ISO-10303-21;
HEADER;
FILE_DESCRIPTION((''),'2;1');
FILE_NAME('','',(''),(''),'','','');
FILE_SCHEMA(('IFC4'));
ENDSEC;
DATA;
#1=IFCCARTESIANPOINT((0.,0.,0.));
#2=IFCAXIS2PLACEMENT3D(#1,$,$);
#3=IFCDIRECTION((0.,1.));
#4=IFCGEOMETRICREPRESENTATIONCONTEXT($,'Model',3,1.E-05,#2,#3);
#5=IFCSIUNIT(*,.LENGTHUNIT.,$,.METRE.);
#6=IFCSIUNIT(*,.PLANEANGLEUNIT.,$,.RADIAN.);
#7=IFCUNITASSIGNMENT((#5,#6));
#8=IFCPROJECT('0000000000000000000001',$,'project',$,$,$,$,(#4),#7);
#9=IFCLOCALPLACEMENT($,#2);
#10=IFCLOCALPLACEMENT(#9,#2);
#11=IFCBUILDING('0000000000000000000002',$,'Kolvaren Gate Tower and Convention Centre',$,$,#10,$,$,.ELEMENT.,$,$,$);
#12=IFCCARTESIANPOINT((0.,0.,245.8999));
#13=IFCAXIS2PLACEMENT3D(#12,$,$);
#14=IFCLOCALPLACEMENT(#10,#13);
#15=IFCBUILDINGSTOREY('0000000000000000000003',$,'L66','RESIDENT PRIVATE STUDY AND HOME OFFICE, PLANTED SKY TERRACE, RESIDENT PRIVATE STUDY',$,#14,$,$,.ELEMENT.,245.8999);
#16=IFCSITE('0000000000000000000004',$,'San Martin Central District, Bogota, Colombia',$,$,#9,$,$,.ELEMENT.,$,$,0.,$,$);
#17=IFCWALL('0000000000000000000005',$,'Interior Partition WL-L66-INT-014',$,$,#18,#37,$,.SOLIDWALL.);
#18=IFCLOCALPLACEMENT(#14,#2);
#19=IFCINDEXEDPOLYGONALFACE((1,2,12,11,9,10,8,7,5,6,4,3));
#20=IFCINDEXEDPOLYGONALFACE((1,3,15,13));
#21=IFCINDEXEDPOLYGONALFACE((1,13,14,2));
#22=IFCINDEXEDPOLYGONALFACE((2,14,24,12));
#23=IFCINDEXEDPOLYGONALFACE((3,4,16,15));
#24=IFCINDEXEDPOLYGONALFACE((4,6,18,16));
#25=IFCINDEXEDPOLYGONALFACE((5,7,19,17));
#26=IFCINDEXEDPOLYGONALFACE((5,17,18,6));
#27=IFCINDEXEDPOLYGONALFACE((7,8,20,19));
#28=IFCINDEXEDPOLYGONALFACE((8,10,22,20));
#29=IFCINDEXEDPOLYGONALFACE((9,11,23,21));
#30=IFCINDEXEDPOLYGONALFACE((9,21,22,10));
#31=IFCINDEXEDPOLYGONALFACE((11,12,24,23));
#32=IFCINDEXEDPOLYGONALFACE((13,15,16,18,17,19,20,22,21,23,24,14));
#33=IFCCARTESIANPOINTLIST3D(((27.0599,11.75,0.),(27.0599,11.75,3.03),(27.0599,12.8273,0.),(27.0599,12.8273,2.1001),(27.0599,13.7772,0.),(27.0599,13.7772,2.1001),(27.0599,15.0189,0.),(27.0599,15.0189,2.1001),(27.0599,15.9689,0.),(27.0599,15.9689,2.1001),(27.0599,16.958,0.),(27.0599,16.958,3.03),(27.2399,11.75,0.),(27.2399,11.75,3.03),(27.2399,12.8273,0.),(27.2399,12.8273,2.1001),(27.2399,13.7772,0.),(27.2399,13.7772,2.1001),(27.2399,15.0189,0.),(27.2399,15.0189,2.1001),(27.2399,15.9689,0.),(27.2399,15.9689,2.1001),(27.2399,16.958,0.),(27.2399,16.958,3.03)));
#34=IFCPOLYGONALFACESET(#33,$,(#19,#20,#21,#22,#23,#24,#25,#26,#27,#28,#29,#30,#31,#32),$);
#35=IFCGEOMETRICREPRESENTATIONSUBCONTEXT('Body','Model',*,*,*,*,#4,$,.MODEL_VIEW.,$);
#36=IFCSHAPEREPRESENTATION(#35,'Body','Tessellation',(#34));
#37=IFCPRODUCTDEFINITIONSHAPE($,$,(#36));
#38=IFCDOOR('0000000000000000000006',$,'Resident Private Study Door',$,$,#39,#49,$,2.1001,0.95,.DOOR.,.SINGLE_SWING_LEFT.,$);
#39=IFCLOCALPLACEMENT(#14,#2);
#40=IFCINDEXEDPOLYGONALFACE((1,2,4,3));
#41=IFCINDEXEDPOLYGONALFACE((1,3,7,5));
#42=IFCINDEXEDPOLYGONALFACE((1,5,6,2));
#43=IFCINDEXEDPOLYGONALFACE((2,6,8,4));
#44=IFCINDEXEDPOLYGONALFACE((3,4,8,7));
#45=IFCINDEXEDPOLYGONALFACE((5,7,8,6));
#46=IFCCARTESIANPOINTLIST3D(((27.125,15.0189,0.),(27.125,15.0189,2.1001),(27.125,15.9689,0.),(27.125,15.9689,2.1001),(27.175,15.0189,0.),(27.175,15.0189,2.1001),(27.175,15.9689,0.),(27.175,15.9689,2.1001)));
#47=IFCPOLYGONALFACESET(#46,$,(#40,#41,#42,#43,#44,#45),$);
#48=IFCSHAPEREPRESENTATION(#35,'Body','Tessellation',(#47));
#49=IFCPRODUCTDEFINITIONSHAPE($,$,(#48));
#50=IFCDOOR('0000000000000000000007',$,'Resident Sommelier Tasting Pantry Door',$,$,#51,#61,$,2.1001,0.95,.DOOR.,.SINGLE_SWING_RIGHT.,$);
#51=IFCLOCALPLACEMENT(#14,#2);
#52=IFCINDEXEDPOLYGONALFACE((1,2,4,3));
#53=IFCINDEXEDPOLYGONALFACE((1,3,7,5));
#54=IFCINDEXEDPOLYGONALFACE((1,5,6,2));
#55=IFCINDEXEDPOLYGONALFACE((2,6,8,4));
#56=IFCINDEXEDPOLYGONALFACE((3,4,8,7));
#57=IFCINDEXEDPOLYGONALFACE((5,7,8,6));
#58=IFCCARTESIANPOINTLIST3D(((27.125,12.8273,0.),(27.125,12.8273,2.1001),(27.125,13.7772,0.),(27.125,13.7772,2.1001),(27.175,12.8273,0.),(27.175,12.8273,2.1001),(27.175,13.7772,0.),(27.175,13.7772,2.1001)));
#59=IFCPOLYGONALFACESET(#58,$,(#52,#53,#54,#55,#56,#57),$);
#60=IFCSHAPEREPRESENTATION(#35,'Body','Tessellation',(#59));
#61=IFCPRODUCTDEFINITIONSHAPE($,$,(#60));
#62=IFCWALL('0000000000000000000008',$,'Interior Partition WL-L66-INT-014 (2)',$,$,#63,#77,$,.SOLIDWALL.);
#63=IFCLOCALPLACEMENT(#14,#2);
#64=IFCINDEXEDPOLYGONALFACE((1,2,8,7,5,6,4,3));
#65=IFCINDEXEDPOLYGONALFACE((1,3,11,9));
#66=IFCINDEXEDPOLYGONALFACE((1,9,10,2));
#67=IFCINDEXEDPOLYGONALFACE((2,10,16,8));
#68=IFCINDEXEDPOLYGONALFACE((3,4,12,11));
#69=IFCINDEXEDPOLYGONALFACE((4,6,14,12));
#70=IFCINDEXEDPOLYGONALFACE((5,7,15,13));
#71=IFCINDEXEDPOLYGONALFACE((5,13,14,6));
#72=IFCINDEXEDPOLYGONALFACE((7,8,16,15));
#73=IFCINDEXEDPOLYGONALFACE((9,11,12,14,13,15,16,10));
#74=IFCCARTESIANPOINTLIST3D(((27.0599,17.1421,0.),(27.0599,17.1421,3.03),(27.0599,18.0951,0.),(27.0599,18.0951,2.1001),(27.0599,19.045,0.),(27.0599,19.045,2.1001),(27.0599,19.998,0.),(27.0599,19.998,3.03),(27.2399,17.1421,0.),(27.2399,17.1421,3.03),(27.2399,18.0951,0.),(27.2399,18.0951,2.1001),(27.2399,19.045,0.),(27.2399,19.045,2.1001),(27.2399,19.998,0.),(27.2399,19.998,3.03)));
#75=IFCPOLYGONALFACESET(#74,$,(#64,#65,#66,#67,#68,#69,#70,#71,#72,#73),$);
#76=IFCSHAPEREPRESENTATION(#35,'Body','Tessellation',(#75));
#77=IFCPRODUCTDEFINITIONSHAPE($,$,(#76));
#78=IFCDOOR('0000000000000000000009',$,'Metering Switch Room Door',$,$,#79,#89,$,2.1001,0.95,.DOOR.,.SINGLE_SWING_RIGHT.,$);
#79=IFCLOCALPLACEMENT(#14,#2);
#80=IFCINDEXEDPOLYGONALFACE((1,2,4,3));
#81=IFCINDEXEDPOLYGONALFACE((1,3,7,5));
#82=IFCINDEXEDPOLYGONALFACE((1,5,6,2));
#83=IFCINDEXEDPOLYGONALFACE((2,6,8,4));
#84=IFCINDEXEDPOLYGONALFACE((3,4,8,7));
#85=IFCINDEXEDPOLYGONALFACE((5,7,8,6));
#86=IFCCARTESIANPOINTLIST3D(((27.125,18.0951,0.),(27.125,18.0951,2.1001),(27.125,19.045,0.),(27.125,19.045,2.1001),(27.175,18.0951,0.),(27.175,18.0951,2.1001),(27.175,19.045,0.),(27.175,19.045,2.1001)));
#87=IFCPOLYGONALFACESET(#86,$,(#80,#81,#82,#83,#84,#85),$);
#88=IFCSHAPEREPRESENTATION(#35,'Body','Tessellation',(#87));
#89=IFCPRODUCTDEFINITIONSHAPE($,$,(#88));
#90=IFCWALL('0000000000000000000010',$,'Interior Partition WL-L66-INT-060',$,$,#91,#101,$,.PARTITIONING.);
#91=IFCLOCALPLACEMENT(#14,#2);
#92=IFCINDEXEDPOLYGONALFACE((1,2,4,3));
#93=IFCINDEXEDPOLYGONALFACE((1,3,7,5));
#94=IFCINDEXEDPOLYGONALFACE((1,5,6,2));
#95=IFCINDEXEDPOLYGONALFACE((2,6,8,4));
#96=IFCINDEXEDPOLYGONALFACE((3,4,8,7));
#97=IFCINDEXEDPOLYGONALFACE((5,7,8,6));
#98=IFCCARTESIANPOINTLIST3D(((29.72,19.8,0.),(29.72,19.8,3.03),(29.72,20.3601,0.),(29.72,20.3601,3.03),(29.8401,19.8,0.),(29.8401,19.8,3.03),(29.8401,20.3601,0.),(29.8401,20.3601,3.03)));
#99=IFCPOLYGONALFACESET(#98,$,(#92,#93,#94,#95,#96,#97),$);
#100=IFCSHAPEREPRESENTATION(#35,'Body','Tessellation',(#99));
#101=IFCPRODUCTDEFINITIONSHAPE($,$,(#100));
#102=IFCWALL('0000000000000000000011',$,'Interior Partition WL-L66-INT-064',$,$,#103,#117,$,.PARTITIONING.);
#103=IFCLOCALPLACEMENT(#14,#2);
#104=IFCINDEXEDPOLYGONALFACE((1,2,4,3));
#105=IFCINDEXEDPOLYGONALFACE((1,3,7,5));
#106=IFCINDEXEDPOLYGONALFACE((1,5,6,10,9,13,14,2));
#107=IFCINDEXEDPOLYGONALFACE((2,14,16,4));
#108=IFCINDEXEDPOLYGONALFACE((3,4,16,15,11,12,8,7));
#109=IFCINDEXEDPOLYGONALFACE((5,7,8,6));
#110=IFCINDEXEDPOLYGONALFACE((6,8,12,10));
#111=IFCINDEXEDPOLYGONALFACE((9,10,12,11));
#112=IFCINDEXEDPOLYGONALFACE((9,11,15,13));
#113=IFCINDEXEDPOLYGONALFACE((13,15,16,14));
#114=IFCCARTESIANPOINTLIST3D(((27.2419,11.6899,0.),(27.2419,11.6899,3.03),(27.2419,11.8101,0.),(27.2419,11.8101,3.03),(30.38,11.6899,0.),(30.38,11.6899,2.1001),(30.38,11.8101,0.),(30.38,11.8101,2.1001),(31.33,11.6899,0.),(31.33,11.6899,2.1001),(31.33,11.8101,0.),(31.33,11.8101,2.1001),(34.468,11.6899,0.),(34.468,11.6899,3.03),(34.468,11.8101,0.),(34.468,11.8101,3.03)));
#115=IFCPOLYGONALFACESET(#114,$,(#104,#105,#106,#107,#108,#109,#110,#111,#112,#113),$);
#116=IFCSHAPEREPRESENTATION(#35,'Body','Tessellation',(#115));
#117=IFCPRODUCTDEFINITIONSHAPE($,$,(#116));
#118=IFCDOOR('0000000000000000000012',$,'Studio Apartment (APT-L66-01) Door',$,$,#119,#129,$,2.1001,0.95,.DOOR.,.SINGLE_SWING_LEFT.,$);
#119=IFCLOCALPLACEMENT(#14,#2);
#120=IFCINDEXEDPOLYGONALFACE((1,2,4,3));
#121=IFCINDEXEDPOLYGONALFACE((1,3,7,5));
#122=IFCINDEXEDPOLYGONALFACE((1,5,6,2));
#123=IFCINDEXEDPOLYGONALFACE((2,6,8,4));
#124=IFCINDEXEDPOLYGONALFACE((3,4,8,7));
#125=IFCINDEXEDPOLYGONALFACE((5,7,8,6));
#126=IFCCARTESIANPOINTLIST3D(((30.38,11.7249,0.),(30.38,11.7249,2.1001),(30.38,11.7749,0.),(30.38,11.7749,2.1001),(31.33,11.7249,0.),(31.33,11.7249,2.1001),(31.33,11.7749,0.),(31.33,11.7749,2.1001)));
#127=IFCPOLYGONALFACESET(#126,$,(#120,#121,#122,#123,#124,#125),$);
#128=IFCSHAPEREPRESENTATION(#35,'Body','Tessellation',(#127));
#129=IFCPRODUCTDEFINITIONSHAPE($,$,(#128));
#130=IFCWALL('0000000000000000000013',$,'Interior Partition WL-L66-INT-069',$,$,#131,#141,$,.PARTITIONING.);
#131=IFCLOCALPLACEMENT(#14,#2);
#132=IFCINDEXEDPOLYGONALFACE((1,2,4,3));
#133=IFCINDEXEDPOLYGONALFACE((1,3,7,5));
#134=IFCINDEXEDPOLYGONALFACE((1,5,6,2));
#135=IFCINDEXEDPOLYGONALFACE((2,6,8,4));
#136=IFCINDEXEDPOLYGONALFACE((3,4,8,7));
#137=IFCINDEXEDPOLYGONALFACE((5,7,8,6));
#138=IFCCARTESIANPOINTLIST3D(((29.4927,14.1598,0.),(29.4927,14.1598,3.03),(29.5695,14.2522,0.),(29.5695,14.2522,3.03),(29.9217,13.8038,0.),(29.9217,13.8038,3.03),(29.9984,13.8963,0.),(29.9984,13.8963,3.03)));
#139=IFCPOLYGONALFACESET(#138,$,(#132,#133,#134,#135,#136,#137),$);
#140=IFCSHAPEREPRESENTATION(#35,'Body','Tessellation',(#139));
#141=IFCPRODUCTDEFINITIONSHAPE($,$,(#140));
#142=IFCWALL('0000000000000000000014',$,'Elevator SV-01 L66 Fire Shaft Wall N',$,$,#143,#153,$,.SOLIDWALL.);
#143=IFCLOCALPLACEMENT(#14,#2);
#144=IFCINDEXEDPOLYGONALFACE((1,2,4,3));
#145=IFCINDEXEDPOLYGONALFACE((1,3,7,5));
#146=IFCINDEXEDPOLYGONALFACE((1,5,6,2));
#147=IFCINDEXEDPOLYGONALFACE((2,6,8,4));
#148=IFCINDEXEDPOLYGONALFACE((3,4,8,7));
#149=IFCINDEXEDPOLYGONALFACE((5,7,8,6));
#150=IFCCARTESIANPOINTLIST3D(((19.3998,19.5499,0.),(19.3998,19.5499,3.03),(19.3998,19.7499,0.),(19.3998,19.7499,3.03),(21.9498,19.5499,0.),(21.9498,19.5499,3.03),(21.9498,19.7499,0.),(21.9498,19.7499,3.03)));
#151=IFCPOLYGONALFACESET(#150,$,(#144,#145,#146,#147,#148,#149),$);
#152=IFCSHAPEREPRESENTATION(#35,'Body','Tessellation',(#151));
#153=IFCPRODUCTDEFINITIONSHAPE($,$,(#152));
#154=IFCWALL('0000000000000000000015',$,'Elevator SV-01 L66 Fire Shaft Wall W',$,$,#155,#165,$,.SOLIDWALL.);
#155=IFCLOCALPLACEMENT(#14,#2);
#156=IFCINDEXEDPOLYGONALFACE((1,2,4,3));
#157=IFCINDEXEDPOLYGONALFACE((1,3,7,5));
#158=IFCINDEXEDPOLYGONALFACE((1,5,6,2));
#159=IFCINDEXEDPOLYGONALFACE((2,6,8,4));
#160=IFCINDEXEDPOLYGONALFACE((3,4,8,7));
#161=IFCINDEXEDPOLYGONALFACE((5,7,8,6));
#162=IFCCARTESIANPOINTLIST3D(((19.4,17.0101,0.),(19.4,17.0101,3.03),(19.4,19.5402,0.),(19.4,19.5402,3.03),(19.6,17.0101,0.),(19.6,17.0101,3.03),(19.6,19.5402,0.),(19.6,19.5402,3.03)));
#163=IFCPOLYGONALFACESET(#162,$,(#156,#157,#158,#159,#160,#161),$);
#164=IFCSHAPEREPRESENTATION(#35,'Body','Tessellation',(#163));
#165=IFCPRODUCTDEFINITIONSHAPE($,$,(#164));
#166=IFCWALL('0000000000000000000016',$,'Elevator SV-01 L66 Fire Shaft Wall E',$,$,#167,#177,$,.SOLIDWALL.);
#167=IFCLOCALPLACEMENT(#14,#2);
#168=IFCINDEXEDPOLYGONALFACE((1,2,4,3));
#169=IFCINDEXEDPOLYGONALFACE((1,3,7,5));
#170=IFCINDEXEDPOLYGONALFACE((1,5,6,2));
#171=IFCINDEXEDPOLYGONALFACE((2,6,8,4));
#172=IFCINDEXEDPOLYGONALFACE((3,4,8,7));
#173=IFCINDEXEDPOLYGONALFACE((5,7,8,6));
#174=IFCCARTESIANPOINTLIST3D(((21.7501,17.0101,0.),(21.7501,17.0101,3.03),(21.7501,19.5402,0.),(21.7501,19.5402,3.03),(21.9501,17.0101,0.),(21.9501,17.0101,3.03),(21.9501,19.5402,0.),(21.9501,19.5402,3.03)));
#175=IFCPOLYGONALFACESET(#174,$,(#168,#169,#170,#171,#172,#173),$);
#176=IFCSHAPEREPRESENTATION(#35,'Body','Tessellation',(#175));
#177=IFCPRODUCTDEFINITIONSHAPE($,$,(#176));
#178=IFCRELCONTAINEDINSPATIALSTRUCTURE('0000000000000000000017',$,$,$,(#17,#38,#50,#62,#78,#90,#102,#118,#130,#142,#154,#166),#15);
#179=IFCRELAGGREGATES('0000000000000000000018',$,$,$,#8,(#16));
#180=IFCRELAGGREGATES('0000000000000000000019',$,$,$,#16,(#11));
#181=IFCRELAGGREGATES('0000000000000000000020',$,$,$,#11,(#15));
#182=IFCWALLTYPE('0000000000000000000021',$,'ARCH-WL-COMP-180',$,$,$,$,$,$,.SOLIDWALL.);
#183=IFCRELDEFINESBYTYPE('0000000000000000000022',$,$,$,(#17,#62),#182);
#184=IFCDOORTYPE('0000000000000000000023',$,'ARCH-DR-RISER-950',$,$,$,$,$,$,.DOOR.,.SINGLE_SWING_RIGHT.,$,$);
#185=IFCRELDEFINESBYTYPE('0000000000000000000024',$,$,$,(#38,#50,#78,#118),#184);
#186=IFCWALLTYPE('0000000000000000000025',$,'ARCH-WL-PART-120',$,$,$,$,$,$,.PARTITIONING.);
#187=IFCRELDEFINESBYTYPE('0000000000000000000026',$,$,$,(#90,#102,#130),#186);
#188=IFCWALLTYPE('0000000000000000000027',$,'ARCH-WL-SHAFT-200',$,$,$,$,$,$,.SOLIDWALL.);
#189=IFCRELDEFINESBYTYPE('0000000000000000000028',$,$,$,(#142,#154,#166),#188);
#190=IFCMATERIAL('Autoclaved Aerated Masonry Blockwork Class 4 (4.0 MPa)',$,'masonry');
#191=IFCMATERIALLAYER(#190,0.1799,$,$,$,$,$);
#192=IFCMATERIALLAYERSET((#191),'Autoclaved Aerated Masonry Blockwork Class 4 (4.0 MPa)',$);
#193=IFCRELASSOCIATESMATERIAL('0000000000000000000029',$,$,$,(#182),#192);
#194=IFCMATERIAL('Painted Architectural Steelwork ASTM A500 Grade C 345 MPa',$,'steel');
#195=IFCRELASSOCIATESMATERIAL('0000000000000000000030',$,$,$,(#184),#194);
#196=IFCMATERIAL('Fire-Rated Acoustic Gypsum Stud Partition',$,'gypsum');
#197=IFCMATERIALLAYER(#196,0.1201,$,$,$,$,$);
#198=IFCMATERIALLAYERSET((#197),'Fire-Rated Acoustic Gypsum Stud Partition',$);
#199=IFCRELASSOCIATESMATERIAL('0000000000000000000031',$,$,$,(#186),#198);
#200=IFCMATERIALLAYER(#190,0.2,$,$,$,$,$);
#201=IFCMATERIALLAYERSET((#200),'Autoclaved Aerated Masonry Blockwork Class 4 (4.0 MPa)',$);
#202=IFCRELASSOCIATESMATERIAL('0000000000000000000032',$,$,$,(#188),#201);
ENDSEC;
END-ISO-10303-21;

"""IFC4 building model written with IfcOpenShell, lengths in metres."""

from ifc_helpers import new_model, si_unit, direction, frame, frame_2d, origin, place, context, subcontext, project, spatial, rectangle, extrude, material, layer, layer_set, type_object, element, fill, save


model = new_model("IFC4")

# Units and contexts
model_context = context("Model", 3, precision=1e-05, world=origin(), true_north=direction((0.0, 1.0)))
body_context = subcontext(model_context, "Body", "Model", "MODEL_VIEW")
ifc_project = project(units=[si_unit("LENGTHUNIT", "METRE"), si_unit("PLANEANGLEUNIT", "RADIAN")], contexts=[model_context])

# Site, building, storey
site_placement = place(None, origin())
site = spatial("IfcSite", under=ifc_project, at=site_placement, Name="San Martin Central District, Bogota, Colombia", CompositionType="ELEMENT", RefElevation=0.0)
building_placement = place(site_placement, origin())
building = spatial("IfcBuilding", under=site, at=building_placement, Name="Kolvaren Gate Tower and Convention Centre", CompositionType="ELEMENT")
storey_placement = place(building_placement, frame((0.0, 0.0, 245.8999)))
storey = spatial("IfcBuildingStorey", under=building, at=storey_placement, Name="L66", Description="RESIDENT PRIVATE STUDY AND HOME OFFICE, PLANTED SKY TERRACE, RESIDENT PRIVATE STUDY", CompositionType="ELEMENT", Elevation=245.8999)

# Shared definitions
ifc_material_1 = material(Name="Autoclaved Aerated Masonry Blockwork Class 4 (4.0 MPa)", Category="masonry")
ifc_layer_1 = layer(ifc_material_1, 0.1799)
ifc_layer_set_1 = layer_set([ifc_layer_1], Name="Autoclaved Aerated Masonry Blockwork Class 4 (4.0 MPa)")
wall_type_1 = type_object("IfcWallType", Name="ARCH-WL-COMP-180", PredefinedType="SOLIDWALL", material=ifc_layer_set_1)

# Shared definitions
ifc_material_2 = material(Name="Painted Architectural Steelwork ASTM A500 Grade C 345 MPa", Category="steel")
door_type_1 = type_object("IfcDoorType", Name="ARCH-DR-RISER-950", OperationType="SINGLE_SWING_RIGHT", PredefinedType="DOOR", material=ifc_material_2)

# Wall, openings, doors
wall_1_placement = place(storey_placement, frame((27.1499, 11.75, 0.0), z_axis=(0.0, 0.0, 1.0), x_axis=(0.0, 1.0, 0.0)))
wall_1 = element("IfcWall", 1, at=wall_1_placement, inside=storey, type_object=wall_type_1, Name="Interior Partition WL-L66-INT-014", PredefinedType="SOLIDWALL", context=body_context, shape_type="SweptSolid", body=[
    extrude(rectangle(XDim=5.208, YDim=0.1799, at=frame_2d((2.604, 0.0))), origin(), (0.0, 0.0, 1.0), 3.03),
])
opening_1_placement = place(wall_1_placement, frame((3.2688, 0.0, 0.0)))
opening_1 = element("IfcOpeningElement", 2, at=opening_1_placement, cuts=wall_1, PredefinedType="OPENING", context=body_context, shape_type="SweptSolid", body=[
    extrude(rectangle(XDim=0.95, YDim=2.1001, at=frame_2d((0.4751, 1.05))), frame((0.0, 0.0999, 0.0), z_axis=(0.0, -1.0, 0.0), x_axis=(1.0, 0.0, 0.0)), (0.0, 0.0, 1.0), 0.2),
])
opening_2_placement = place(wall_1_placement, frame((1.0771, 0.0, 0.0)))
opening_2 = element("IfcOpeningElement", 3, at=opening_2_placement, cuts=wall_1, PredefinedType="OPENING", context=body_context, shape_type="SweptSolid", body=[
    extrude(rectangle(XDim=0.95, YDim=2.1001, at=frame_2d((0.4751, 1.05))), frame((0.0, 0.0999, 0.0), z_axis=(0.0, -1.0, 0.0), x_axis=(1.0, 0.0, 0.0)), (0.0, 0.0, 1.0), 0.2),
])
door_1_placement = place(opening_1_placement, origin())
door_1 = element("IfcDoor", 4, at=door_1_placement, inside=storey, type_object=door_type_1, Name="Resident Private Study Door", OperationType="SINGLE_SWING_LEFT", OverallHeight=2.1001, OverallWidth=0.95, PredefinedType="DOOR", context=body_context, shape_type="SweptSolid", body=[
    extrude(rectangle(XDim=0.95, YDim=2.1001, at=frame_2d((0.4751, 1.05))), frame((0.0, 0.0249, 0.0), z_axis=(0.0, -1.0, 0.0), x_axis=(1.0, 0.0, 0.0)), (0.0, 0.0, 1.0), 0.05),
])
fill(opening_1, door_1)
door_2_placement = place(opening_2_placement, origin())
door_2 = element("IfcDoor", 5, at=door_2_placement, inside=storey, type_object=door_type_1, Name="Resident Sommelier Tasting Pantry Door", OperationType="SINGLE_SWING_RIGHT", OverallHeight=2.1001, OverallWidth=0.95, PredefinedType="DOOR", context=body_context, shape_type="SweptSolid", body=[
    extrude(rectangle(XDim=0.95, YDim=2.1001, at=frame_2d((0.4751, 1.05))), frame((0.0, 0.0249, 0.0), z_axis=(0.0, -1.0, 0.0), x_axis=(1.0, 0.0, 0.0)), (0.0, 0.0, 1.0), 0.05),
])
fill(opening_2, door_2)

# Wall, opening, door
wall_2_placement = place(storey_placement, frame((27.1499, 17.1421, 0.0), z_axis=(0.0, 0.0, 1.0), x_axis=(0.0, 1.0, 0.0)))
wall_2 = element("IfcWall", 6, at=wall_2_placement, inside=storey, type_object=wall_type_1, Name="Interior Partition WL-L66-INT-014 (2)", PredefinedType="SOLIDWALL", context=body_context, shape_type="SweptSolid", body=[
    extrude(rectangle(XDim=2.856, YDim=0.1799, at=frame_2d((1.428, 0.0))), origin(), (0.0, 0.0, 1.0), 3.03),
])
opening_3_placement = place(wall_2_placement, frame((0.9529, 0.0, 0.0)))
opening_3 = element("IfcOpeningElement", 7, at=opening_3_placement, cuts=wall_2, PredefinedType="OPENING", context=body_context, shape_type="SweptSolid", body=[
    extrude(rectangle(XDim=0.95, YDim=2.1001, at=frame_2d((0.4751, 1.05))), frame((0.0, 0.0999, 0.0), z_axis=(0.0, -1.0, 0.0), x_axis=(1.0, 0.0, 0.0)), (0.0, 0.0, 1.0), 0.2),
])
door_3_placement = place(opening_3_placement, origin())
door_3 = element("IfcDoor", 8, at=door_3_placement, inside=storey, type_object=door_type_1, Name="Metering Switch Room Door", OperationType="SINGLE_SWING_RIGHT", OverallHeight=2.1001, OverallWidth=0.95, PredefinedType="DOOR", context=body_context, shape_type="SweptSolid", body=[
    extrude(rectangle(XDim=0.95, YDim=2.1001, at=frame_2d((0.4751, 1.05))), frame((0.0, 0.0249, 0.0), z_axis=(0.0, -1.0, 0.0), x_axis=(1.0, 0.0, 0.0)), (0.0, 0.0, 1.0), 0.05),
])
fill(opening_3, door_3)

# Wall
ifc_material_3 = material(Name="Fire-Rated Acoustic Gypsum Stud Partition", Category="gypsum")
ifc_layer_2 = layer(ifc_material_3, 0.1201)
ifc_layer_set_2 = layer_set([ifc_layer_2], Name="Fire-Rated Acoustic Gypsum Stud Partition")
wall_type_2 = type_object("IfcWallType", Name="ARCH-WL-PART-120", PredefinedType="PARTITIONING", material=ifc_layer_set_2)
wall_3_placement = place(storey_placement, frame((29.78, 19.8, 0.0), z_axis=(0.0, 0.0, 1.0), x_axis=(0.0, 1.0, 0.0)))
element("IfcWall", 9, at=wall_3_placement, inside=storey, type_object=wall_type_2, Name="Interior Partition WL-L66-INT-060", PredefinedType="PARTITIONING", context=body_context, shape_type="SweptSolid", body=[
    extrude(rectangle(XDim=0.5601, YDim=0.1201, at=frame_2d((0.28, 0.0))), origin(), (0.0, 0.0, 1.0), 3.03),
])

# Wall, opening, door
wall_4_placement = place(storey_placement, frame((27.2419, 11.75, 0.0), z_axis=(0.0, 0.0, 1.0), x_axis=(1.0, 0.0, 0.0)))
wall_4 = element("IfcWall", 10, at=wall_4_placement, inside=storey, type_object=wall_type_2, Name="Interior Partition WL-L66-INT-064", PredefinedType="PARTITIONING", context=body_context, shape_type="SweptSolid", body=[
    extrude(rectangle(XDim=7.2261, YDim=0.1201, at=frame_2d((3.613, 0.0))), origin(), (0.0, 0.0, 1.0), 3.03),
])
opening_4_placement = place(wall_4_placement, frame((3.1379, 0.0, 0.0)))
opening_4 = element("IfcOpeningElement", 11, at=opening_4_placement, cuts=wall_4, PredefinedType="OPENING", context=body_context, shape_type="SweptSolid", body=[
    extrude(rectangle(XDim=0.95, YDim=2.1001, at=frame_2d((0.4751, 1.05))), frame((0.0, 0.0701, 0.0), z_axis=(0.0, -1.0, 0.0), x_axis=(1.0, 0.0, 0.0)), (0.0, 0.0, 1.0), 0.1401),
])
door_4_placement = place(opening_4_placement, origin())
door_4 = element("IfcDoor", 12, at=door_4_placement, inside=storey, type_object=door_type_1, Name="Studio Apartment (APT-L66-01) Door", OperationType="SINGLE_SWING_LEFT", OverallHeight=2.1001, OverallWidth=0.95, PredefinedType="DOOR", context=body_context, shape_type="SweptSolid", body=[
    extrude(rectangle(XDim=0.95, YDim=2.1001, at=frame_2d((0.4751, 1.05))), frame((0.0, 0.0249, 0.0), z_axis=(0.0, -1.0, 0.0), x_axis=(1.0, 0.0, 0.0)), (0.0, 0.0, 1.0), 0.05),
])
fill(opening_4, door_4)

# Walls
wall_5_placement = place(storey_placement, frame((29.531, 14.2061, 0.0), z_axis=(0.0, 0.0, 1.0), x_axis=(0.769548, -0.638589, 0.0)))
element("IfcWall", 13, at=wall_5_placement, inside=storey, type_object=wall_type_2, Name="Interior Partition WL-L66-INT-069", PredefinedType="PARTITIONING", context=body_context, shape_type="SweptSolid", body=[
    extrude(rectangle(XDim=0.5574, YDim=0.1201, at=frame_2d((0.2788, 0.0))), origin(), (0.0, 0.0, 1.0), 3.03),
])
ifc_layer_3 = layer(ifc_material_1, 0.2)
ifc_layer_set_3 = layer_set([ifc_layer_3], Name="Autoclaved Aerated Masonry Blockwork Class 4 (4.0 MPa)")
wall_type_3 = type_object("IfcWallType", Name="ARCH-WL-SHAFT-200", PredefinedType="SOLIDWALL", material=ifc_layer_set_3)
wall_6_placement = place(storey_placement, frame((19.3999, 19.6499, 0.0), z_axis=(0.0, 0.0, 1.0), x_axis=(1.0, 0.0, 0.0)))
element("IfcWall", 14, at=wall_6_placement, inside=storey, type_object=wall_type_3, Name="Elevator SV-01 L66 Fire Shaft Wall N", PredefinedType="SOLIDWALL", context=body_context, shape_type="SweptSolid", body=[
    extrude(rectangle(XDim=2.55, YDim=0.2, at=frame_2d((1.2749, 0.0))), origin(), (0.0, 0.0, 1.0), 3.03),
])
for number, where, z_axis, x_axis, name in (
    (15, (19.5, 17.01, 0.0), (0.0, 0.0, 1.0), (0.0, 1.0, 0.0), "Elevator SV-01 L66 Fire Shaft Wall W"),
    (16, (21.8501, 17.01, 0.0), (0.0, 0.0, 1.0), (0.0, 1.0, 0.0), "Elevator SV-01 L66 Fire Shaft Wall E"),
):
    element("IfcWall", number, at=place(storey_placement, frame(where, z_axis=z_axis, x_axis=x_axis)), inside=storey, type_object=wall_type_3, Name=name, PredefinedType="SOLIDWALL", context=body_context, shape_type="SweptSolid", body=[
        extrude(rectangle(XDim=2.53, YDim=0.2, at=frame_2d((1.2651, 0.0))), origin(), (0.0, 0.0, 1.0), 3.03),
    ])

save(model, "model.ifc")
